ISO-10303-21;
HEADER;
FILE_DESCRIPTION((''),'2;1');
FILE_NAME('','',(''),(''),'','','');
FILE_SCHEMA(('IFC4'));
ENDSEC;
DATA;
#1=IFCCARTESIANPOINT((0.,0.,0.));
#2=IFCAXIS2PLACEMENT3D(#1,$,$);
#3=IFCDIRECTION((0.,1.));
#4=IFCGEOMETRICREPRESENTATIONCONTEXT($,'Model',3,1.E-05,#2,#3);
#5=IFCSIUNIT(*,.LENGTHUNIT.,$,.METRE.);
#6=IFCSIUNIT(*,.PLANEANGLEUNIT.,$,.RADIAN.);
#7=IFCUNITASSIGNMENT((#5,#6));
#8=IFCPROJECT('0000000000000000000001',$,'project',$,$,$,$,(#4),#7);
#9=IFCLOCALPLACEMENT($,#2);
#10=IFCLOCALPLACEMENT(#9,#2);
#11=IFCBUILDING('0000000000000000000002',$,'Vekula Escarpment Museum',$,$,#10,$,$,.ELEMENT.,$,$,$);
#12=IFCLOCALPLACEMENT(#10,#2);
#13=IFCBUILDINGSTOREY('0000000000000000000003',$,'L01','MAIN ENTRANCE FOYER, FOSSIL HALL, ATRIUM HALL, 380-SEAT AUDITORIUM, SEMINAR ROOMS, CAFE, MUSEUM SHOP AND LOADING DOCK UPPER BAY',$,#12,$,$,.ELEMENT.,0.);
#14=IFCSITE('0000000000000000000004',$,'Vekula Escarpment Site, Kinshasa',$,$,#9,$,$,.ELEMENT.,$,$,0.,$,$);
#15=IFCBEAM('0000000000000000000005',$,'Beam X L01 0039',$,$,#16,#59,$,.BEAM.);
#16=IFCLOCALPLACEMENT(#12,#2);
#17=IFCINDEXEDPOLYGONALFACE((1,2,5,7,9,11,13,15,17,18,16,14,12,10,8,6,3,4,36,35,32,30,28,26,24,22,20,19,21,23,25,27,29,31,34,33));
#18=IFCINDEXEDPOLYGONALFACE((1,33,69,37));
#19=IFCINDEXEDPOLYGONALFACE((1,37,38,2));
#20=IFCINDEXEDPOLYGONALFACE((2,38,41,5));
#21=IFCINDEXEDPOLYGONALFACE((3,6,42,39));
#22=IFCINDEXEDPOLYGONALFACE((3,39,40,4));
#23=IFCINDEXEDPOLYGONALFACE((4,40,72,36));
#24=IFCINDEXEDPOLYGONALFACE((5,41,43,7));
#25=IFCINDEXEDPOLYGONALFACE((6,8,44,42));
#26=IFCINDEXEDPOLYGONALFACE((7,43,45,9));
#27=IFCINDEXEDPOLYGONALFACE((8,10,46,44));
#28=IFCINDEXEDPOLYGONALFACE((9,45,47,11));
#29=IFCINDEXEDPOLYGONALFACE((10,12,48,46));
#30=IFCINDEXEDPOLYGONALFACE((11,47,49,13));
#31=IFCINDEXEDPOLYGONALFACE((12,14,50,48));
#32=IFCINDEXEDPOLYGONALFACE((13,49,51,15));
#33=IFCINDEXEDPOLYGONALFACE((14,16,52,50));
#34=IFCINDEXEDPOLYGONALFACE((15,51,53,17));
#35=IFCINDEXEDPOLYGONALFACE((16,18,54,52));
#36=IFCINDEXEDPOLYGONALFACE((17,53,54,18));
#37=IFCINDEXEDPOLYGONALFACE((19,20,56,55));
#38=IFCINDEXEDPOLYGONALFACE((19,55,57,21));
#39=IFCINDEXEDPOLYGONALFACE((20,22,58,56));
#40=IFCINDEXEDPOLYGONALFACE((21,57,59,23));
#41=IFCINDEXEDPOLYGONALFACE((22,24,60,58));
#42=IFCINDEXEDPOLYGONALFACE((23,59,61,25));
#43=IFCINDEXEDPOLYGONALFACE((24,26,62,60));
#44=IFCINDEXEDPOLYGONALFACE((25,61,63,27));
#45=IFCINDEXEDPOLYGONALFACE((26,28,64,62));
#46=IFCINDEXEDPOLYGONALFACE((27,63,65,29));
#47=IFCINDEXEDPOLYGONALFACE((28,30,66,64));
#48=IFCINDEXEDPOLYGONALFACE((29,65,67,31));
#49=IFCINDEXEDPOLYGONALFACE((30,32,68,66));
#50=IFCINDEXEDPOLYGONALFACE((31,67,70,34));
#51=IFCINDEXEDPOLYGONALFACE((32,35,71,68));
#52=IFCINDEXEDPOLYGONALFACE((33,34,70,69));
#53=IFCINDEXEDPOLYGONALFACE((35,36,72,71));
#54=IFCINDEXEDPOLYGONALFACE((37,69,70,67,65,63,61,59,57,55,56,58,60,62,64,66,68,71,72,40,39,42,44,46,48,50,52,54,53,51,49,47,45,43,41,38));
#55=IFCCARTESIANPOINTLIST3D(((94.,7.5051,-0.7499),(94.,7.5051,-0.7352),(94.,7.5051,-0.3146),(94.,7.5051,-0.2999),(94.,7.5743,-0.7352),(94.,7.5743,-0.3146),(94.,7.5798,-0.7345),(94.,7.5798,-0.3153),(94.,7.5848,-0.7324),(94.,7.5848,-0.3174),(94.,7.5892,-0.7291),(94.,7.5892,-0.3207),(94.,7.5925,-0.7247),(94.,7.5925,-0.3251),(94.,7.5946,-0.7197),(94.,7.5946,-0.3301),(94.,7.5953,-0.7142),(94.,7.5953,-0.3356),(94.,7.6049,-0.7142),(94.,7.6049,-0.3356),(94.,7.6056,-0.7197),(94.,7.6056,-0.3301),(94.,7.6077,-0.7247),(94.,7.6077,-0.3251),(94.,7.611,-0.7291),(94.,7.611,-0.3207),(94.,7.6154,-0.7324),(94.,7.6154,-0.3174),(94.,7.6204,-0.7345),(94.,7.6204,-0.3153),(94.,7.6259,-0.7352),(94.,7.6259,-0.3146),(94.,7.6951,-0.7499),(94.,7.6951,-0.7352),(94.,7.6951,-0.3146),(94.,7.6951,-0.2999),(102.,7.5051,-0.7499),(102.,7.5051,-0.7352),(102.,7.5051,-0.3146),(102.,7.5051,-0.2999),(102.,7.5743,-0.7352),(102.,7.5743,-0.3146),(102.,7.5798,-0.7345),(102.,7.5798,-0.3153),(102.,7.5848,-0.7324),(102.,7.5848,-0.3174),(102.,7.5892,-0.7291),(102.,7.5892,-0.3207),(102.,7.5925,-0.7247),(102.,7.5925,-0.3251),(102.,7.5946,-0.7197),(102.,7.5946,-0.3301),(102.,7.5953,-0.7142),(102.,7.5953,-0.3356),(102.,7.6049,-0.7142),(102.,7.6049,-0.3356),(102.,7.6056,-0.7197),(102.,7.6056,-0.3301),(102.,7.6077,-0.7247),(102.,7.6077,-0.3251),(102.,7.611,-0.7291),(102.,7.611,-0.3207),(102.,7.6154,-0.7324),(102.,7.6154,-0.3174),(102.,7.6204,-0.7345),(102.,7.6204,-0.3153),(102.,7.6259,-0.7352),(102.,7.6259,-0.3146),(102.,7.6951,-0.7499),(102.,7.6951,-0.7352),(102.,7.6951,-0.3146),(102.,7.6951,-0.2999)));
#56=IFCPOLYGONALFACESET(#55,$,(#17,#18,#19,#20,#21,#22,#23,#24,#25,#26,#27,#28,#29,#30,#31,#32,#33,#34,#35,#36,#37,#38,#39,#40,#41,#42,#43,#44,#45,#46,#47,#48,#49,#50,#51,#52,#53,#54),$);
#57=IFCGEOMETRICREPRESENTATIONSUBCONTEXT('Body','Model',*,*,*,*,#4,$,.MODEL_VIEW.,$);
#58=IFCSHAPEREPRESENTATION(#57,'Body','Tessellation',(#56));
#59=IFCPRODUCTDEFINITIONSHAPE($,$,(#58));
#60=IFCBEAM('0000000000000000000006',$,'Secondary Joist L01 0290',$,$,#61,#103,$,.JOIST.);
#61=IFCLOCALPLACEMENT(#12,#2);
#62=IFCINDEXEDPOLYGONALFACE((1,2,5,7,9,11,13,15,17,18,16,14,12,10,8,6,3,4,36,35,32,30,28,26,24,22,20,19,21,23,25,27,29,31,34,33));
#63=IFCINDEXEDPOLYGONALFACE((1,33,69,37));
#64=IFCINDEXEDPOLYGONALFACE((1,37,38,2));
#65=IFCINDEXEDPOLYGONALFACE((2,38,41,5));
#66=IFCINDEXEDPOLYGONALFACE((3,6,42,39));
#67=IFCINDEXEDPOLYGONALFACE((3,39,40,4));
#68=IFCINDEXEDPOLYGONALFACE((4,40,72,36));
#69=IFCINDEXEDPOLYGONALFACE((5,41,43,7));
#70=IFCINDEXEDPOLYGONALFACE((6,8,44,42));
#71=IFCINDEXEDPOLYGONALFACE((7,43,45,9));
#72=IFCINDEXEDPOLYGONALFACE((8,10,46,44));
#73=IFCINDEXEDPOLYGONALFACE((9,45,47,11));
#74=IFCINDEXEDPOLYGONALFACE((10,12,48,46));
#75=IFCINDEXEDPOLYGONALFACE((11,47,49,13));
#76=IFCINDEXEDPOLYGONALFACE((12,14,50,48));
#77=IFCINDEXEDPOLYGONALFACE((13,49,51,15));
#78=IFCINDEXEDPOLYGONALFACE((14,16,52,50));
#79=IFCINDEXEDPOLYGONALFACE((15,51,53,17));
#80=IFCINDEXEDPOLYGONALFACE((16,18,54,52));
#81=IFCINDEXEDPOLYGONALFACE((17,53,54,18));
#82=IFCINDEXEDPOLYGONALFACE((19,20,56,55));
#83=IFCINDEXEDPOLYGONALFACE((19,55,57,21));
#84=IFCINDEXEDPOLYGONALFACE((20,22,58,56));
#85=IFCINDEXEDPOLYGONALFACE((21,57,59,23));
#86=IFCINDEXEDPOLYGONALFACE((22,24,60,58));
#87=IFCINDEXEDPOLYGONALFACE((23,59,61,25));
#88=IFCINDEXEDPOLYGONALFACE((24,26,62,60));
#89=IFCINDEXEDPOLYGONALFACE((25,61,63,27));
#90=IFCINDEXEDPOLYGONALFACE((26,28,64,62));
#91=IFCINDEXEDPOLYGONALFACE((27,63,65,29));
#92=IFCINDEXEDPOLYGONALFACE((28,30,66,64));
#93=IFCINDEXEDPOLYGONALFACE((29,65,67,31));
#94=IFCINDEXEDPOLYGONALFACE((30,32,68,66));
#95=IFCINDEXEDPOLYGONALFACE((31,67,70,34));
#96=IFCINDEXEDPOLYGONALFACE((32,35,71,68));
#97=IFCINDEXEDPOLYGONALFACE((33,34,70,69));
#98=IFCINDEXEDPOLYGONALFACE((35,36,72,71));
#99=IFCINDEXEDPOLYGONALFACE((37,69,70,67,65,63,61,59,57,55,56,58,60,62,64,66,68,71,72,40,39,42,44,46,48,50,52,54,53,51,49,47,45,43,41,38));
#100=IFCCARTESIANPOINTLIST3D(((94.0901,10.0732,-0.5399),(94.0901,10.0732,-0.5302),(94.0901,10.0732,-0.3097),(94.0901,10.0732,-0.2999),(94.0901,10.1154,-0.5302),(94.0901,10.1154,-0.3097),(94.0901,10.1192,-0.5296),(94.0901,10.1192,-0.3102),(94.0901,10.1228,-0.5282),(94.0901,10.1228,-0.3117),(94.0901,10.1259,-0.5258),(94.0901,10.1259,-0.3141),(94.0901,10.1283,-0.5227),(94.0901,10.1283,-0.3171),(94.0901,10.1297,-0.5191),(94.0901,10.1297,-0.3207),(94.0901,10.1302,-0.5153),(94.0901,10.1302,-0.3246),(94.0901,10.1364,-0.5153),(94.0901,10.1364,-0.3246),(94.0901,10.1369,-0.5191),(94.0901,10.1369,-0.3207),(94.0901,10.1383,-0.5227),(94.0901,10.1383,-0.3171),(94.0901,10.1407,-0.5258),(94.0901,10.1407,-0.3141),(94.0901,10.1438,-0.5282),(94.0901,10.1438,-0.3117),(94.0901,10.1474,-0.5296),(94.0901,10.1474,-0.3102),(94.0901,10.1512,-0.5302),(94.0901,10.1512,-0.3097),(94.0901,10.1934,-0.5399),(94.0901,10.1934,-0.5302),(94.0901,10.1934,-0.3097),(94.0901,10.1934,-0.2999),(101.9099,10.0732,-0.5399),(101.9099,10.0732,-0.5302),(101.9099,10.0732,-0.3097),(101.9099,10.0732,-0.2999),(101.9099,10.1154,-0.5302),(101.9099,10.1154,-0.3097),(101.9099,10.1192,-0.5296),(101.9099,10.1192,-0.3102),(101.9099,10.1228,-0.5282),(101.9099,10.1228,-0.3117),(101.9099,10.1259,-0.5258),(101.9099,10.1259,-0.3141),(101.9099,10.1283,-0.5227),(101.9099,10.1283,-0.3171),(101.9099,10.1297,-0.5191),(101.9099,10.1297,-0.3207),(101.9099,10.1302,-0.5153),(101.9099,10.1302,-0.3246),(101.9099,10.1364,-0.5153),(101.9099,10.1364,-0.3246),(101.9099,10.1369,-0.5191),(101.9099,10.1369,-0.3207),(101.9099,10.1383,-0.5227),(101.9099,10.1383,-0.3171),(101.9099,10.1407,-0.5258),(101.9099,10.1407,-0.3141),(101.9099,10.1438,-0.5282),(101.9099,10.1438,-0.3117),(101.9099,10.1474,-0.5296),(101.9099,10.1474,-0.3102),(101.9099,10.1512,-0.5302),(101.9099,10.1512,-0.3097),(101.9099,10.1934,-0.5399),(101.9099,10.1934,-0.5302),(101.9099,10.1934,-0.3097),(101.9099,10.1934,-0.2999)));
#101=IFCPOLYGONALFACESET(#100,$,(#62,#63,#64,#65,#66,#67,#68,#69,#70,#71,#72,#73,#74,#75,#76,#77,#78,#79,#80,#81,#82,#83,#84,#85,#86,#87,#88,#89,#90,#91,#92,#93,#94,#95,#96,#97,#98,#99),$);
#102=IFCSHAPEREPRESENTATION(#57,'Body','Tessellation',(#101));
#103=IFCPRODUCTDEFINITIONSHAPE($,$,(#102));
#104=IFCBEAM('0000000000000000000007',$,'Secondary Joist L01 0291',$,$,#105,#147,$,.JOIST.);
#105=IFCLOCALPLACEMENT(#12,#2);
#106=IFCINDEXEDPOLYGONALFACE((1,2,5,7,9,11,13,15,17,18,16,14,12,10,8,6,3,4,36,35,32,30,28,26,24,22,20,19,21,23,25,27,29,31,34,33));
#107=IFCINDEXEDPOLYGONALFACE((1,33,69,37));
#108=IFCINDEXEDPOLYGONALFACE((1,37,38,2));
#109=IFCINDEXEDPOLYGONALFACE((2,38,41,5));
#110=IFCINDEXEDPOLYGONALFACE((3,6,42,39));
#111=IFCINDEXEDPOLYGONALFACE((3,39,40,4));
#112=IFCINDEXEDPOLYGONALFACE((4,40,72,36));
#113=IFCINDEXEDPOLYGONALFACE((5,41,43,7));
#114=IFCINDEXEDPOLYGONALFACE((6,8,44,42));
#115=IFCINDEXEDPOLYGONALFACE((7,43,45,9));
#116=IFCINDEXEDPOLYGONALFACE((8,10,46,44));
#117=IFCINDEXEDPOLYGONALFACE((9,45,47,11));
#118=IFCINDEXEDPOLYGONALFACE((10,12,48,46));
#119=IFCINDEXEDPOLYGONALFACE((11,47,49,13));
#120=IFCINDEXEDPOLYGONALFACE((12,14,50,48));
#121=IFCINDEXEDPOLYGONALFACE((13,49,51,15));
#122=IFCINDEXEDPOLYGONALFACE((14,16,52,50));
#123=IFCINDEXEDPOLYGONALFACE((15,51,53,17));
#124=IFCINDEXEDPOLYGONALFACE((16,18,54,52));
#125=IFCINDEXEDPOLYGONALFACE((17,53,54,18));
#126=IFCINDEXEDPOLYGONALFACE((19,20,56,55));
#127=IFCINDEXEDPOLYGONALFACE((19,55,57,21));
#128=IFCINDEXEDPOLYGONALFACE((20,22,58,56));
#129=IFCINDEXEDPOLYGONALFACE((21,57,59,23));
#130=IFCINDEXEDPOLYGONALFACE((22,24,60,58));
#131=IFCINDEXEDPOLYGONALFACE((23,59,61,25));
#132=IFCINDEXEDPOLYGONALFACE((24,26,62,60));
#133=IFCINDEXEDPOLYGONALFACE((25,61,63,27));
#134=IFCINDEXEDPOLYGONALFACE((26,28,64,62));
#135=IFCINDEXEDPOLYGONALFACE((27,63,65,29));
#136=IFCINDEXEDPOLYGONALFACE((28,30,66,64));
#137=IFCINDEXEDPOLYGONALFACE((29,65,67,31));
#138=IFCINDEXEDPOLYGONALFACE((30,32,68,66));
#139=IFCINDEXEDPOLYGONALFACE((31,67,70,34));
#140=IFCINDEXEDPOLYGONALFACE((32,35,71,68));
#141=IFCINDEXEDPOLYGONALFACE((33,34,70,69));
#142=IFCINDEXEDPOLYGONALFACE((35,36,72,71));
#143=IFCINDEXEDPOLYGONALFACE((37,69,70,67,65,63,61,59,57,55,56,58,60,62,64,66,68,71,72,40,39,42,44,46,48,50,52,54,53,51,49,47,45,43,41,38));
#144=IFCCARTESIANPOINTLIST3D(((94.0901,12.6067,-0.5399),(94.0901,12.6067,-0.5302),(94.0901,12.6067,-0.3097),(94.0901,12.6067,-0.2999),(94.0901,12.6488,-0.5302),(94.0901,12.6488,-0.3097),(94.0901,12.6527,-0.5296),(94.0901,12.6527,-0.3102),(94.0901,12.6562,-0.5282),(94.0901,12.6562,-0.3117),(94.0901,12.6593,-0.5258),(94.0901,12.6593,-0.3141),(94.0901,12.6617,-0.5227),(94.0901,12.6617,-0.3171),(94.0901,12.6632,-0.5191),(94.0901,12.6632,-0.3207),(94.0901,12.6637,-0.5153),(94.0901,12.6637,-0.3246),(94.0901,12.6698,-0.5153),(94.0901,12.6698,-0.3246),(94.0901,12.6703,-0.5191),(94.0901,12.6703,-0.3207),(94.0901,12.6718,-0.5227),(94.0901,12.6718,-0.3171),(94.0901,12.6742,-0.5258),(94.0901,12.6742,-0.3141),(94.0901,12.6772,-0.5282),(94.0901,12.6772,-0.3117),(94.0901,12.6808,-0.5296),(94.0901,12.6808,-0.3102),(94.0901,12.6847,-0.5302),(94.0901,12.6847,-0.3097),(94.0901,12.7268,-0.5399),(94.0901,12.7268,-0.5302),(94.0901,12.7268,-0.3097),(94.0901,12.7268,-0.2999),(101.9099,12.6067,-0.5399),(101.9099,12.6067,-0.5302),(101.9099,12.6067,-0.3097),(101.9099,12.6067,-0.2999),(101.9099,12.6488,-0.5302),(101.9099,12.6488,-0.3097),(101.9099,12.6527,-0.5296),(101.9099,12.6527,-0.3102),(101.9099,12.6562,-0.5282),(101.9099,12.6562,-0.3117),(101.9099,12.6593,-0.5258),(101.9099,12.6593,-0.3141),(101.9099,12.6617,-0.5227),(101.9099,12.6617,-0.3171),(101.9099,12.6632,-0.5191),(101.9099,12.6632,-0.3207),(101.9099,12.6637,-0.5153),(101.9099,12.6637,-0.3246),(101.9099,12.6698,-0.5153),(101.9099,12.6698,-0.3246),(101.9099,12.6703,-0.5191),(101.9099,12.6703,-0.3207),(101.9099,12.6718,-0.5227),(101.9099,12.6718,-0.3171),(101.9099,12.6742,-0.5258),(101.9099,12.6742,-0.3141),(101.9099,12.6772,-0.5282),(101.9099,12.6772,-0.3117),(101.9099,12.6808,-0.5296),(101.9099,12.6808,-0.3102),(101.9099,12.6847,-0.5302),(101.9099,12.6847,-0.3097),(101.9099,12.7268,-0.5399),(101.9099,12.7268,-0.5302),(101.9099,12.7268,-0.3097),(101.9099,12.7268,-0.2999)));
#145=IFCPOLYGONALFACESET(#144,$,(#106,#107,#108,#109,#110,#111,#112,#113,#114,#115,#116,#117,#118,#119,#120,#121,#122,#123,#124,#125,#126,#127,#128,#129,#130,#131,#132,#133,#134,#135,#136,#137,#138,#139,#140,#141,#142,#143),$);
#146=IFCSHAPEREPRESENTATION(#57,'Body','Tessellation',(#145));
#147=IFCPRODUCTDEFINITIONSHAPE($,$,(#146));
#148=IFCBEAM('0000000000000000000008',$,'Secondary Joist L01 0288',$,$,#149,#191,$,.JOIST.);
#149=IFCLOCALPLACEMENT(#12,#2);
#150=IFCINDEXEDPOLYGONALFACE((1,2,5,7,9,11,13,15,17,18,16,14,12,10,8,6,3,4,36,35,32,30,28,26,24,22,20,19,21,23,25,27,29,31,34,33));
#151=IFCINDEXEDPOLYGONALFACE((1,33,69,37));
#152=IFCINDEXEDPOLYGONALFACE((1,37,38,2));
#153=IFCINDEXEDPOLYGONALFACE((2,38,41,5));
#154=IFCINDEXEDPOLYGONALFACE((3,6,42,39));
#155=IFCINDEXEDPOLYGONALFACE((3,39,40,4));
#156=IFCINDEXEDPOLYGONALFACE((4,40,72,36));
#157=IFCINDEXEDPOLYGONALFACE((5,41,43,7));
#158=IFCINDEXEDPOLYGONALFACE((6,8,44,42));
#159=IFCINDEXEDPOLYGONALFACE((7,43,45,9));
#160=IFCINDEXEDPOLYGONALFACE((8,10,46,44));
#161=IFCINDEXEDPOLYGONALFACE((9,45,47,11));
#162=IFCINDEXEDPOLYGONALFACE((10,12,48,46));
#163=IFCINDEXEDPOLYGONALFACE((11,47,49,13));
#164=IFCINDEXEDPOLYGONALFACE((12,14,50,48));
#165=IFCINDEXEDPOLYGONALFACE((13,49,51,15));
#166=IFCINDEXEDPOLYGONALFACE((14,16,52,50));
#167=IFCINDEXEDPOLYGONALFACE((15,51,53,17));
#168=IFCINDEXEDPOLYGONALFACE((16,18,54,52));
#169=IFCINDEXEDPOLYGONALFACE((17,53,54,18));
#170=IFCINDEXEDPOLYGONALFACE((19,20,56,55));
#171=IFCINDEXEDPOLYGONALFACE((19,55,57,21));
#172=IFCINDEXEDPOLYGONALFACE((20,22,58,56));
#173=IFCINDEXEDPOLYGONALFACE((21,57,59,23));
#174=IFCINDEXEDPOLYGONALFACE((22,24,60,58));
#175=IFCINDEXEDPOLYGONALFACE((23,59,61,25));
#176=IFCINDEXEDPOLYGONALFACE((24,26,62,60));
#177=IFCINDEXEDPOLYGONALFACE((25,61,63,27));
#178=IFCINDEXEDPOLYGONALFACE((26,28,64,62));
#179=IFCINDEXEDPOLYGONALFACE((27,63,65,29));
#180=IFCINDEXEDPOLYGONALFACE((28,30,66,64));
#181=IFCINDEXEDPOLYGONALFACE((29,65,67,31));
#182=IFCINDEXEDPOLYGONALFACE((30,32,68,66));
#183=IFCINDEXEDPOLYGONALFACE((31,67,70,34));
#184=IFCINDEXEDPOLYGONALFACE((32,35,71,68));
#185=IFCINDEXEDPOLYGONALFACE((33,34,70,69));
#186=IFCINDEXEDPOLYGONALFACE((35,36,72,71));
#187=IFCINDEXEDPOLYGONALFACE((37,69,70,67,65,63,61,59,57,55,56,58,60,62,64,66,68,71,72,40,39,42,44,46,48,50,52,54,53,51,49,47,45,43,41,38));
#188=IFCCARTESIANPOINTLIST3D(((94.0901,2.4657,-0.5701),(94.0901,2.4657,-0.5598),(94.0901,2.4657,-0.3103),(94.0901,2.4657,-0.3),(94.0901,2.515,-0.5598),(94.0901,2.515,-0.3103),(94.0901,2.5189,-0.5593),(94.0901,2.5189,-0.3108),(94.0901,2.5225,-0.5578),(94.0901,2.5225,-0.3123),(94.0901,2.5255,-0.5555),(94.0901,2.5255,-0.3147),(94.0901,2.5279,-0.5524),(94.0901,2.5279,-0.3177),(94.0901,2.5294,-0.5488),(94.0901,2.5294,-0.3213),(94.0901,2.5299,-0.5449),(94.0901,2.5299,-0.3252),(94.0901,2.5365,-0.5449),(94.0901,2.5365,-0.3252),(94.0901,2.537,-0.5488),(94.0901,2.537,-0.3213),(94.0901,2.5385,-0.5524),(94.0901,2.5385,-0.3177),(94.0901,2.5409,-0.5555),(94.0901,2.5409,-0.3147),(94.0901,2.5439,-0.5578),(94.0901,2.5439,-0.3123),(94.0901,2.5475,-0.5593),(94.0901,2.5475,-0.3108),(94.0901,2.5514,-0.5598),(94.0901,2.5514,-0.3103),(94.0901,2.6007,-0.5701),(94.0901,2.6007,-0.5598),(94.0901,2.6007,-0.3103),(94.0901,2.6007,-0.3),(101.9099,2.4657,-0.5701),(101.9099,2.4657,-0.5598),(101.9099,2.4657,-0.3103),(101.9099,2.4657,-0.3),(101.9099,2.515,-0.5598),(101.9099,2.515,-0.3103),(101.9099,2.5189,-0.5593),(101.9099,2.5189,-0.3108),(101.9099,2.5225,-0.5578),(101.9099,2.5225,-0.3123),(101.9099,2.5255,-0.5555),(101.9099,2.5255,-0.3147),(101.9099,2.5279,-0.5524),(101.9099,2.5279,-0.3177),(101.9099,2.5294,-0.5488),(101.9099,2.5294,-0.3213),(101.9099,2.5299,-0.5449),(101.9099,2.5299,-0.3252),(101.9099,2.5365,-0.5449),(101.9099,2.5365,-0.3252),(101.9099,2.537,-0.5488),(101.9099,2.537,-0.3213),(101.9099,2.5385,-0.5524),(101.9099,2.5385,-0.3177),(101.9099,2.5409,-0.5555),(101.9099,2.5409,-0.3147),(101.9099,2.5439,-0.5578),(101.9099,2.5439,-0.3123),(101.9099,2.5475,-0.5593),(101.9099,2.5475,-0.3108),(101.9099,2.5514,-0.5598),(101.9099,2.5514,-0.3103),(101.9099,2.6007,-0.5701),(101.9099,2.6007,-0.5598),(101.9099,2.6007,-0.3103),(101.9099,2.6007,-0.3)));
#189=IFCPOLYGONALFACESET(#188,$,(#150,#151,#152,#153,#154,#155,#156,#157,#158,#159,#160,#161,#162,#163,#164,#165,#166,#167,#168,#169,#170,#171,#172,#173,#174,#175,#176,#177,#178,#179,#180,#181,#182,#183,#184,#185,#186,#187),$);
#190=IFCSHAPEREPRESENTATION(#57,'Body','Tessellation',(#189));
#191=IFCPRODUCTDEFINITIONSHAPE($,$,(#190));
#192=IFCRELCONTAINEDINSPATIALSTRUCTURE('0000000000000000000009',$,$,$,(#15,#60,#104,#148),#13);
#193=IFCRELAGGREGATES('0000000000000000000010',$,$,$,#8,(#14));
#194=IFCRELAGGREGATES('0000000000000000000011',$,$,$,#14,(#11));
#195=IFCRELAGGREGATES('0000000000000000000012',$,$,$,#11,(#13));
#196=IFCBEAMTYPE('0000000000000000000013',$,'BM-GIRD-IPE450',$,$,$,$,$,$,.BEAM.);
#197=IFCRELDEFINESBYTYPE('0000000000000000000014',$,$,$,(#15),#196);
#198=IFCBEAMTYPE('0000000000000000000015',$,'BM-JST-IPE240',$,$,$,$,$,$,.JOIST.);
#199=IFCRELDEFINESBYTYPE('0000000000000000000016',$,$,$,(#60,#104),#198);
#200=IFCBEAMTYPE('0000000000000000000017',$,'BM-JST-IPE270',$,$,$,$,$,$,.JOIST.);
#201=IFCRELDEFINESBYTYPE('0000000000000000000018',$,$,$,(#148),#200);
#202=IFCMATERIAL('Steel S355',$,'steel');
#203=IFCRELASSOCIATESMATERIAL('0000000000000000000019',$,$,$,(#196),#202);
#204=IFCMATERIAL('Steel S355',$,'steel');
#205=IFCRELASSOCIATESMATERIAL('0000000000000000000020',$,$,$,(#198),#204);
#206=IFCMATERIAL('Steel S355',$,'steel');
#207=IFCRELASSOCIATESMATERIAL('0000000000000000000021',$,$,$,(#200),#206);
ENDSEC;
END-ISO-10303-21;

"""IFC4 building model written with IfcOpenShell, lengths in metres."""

from ifc_helpers import new_model, si_unit, direction, frame, origin, origin_2d, place, context, subcontext, project, spatial, i_section, extrude, material, material_profile, profile_set, type_object, element, save


model = new_model("IFC4")

# Units and contexts
model_context = context("Model", 3, precision=1e-05, world=origin(), true_north=direction((0.0, 1.0)))
body_context = subcontext(model_context, "Body", "Model", "MODEL_VIEW")
ifc_project = project(units=[si_unit("LENGTHUNIT", "METRE"), si_unit("PLANEANGLEUNIT", "RADIAN")], contexts=[model_context])

# Site, building, storey
site_placement = place(None, origin())
site = spatial("IfcSite", under=ifc_project, at=site_placement, Name="Vekula Escarpment Site, Kinshasa", CompositionType="ELEMENT", RefElevation=0.0)
building_placement = place(site_placement, origin())
building = spatial("IfcBuilding", under=site, at=building_placement, Name="Vekula Escarpment Museum", CompositionType="ELEMENT")
storey_placement = place(building_placement, origin())
storey = spatial("IfcBuildingStorey", under=building, at=storey_placement, Name="L01", Description="MAIN ENTRANCE FOYER, FOSSIL HALL, ATRIUM HALL, 380-SEAT AUDITORIUM, SEMINAR ROOMS, CAFE, MUSEUM SHOP AND LOADING DOCK UPPER BAY", CompositionType="ELEMENT", Elevation=0.0)

# Beams
ifc_material_1 = material(Name="Steel S355", Category="steel")
ifc_material_profile_1 = material_profile(ifc_material_1, i_section(OverallWidth=0.1899, OverallDepth=0.45, WebThickness=0.0095, FlangeThickness=0.0146, FilletRadius=0.021, at=origin_2d()), Name="IPE 450")
ifc_profile_set_1 = profile_set([ifc_material_profile_1], Name="Steel S355")
beam_type_1 = type_object("IfcBeamType", Name="BM-GIRD-IPE450", PredefinedType="BEAM", material=ifc_profile_set_1)
beam_1_placement = place(storey_placement, frame((94.0, 7.6001, -0.5249), z_axis=(1.0, 0.0, 0.0), x_axis=(0.0, 1.0, 0.0)))
element("IfcBeam", 1, at=beam_1_placement, inside=storey, type_object=beam_type_1, Name="Beam X L01 0039", PredefinedType="BEAM", context=body_context, shape_type="SweptSolid", body=[
    extrude(i_section(OverallWidth=0.1899, OverallDepth=0.45, WebThickness=0.0095, FlangeThickness=0.0146, FilletRadius=0.021, at=origin_2d()), origin(), (0.0, 0.0, 1.0), 8.0),
])
ifc_material_2 = material(Name="Steel S355", Category="steel")
ifc_material_profile_2 = material_profile(ifc_material_2, i_section(OverallWidth=0.1201, OverallDepth=0.24, WebThickness=0.0061, FlangeThickness=0.0098, FilletRadius=0.0149, at=origin_2d()), Name="IPE 240")
ifc_profile_set_2 = profile_set([ifc_material_profile_2], Name="Steel S355")
beam_type_2 = type_object("IfcBeamType", Name="BM-JST-IPE240", PredefinedType="JOIST", material=ifc_profile_set_2)
for number, where, z_axis, x_axis, name in (
    (2, (94.0901, 10.1333, -0.4199), (1.0, 0.0, 0.0), (0.0, 1.0, 0.0), "Secondary Joist L01 0290"),
    (3, (94.0901, 12.6667, -0.4199), (1.0, 0.0, 0.0), (0.0, 1.0, 0.0), "Secondary Joist L01 0291"),
):
    element("IfcBeam", number, at=place(storey_placement, frame(where, z_axis=z_axis, x_axis=x_axis)), inside=storey, type_object=beam_type_2, Name=name, PredefinedType="JOIST", context=body_context, shape_type="SweptSolid", body=[
        extrude(i_section(OverallWidth=0.1201, OverallDepth=0.24, WebThickness=0.0061, FlangeThickness=0.0098, FilletRadius=0.0149, at=origin_2d()), origin(), (0.0, 0.0, 1.0), 7.8198),
    ])
ifc_material_3 = material(Name="Steel S355", Category="steel")
ifc_material_profile_3 = material_profile(ifc_material_3, i_section(OverallWidth=0.135, OverallDepth=0.27, WebThickness=0.0066, FlangeThickness=0.0103, FilletRadius=0.0149, at=origin_2d()), Name="IPE 270")
ifc_profile_set_3 = profile_set([ifc_material_profile_3], Name="Steel S355")
beam_type_3 = type_object("IfcBeamType", Name="BM-JST-IPE270", PredefinedType="JOIST", material=ifc_profile_set_3)
for number, where, z_axis, x_axis, name in (
    (4, (94.0901, 2.5332, -0.4351), (1.0, 0.0, 0.0), (0.0, 1.0, 0.0), "Secondary Joist L01 0288"),
):
    element("IfcBeam", number, at=place(storey_placement, frame(where, z_axis=z_axis, x_axis=x_axis)), inside=storey, type_object=beam_type_3, Name=name, PredefinedType="JOIST", context=body_context, shape_type="SweptSolid", body=[
        extrude(i_section(OverallWidth=0.135, OverallDepth=0.27, WebThickness=0.0066, FlangeThickness=0.0103, FilletRadius=0.0149, at=origin_2d()), origin(), (0.0, 0.0, 1.0), 7.8198),
    ])

save(model, "model.ifc")
